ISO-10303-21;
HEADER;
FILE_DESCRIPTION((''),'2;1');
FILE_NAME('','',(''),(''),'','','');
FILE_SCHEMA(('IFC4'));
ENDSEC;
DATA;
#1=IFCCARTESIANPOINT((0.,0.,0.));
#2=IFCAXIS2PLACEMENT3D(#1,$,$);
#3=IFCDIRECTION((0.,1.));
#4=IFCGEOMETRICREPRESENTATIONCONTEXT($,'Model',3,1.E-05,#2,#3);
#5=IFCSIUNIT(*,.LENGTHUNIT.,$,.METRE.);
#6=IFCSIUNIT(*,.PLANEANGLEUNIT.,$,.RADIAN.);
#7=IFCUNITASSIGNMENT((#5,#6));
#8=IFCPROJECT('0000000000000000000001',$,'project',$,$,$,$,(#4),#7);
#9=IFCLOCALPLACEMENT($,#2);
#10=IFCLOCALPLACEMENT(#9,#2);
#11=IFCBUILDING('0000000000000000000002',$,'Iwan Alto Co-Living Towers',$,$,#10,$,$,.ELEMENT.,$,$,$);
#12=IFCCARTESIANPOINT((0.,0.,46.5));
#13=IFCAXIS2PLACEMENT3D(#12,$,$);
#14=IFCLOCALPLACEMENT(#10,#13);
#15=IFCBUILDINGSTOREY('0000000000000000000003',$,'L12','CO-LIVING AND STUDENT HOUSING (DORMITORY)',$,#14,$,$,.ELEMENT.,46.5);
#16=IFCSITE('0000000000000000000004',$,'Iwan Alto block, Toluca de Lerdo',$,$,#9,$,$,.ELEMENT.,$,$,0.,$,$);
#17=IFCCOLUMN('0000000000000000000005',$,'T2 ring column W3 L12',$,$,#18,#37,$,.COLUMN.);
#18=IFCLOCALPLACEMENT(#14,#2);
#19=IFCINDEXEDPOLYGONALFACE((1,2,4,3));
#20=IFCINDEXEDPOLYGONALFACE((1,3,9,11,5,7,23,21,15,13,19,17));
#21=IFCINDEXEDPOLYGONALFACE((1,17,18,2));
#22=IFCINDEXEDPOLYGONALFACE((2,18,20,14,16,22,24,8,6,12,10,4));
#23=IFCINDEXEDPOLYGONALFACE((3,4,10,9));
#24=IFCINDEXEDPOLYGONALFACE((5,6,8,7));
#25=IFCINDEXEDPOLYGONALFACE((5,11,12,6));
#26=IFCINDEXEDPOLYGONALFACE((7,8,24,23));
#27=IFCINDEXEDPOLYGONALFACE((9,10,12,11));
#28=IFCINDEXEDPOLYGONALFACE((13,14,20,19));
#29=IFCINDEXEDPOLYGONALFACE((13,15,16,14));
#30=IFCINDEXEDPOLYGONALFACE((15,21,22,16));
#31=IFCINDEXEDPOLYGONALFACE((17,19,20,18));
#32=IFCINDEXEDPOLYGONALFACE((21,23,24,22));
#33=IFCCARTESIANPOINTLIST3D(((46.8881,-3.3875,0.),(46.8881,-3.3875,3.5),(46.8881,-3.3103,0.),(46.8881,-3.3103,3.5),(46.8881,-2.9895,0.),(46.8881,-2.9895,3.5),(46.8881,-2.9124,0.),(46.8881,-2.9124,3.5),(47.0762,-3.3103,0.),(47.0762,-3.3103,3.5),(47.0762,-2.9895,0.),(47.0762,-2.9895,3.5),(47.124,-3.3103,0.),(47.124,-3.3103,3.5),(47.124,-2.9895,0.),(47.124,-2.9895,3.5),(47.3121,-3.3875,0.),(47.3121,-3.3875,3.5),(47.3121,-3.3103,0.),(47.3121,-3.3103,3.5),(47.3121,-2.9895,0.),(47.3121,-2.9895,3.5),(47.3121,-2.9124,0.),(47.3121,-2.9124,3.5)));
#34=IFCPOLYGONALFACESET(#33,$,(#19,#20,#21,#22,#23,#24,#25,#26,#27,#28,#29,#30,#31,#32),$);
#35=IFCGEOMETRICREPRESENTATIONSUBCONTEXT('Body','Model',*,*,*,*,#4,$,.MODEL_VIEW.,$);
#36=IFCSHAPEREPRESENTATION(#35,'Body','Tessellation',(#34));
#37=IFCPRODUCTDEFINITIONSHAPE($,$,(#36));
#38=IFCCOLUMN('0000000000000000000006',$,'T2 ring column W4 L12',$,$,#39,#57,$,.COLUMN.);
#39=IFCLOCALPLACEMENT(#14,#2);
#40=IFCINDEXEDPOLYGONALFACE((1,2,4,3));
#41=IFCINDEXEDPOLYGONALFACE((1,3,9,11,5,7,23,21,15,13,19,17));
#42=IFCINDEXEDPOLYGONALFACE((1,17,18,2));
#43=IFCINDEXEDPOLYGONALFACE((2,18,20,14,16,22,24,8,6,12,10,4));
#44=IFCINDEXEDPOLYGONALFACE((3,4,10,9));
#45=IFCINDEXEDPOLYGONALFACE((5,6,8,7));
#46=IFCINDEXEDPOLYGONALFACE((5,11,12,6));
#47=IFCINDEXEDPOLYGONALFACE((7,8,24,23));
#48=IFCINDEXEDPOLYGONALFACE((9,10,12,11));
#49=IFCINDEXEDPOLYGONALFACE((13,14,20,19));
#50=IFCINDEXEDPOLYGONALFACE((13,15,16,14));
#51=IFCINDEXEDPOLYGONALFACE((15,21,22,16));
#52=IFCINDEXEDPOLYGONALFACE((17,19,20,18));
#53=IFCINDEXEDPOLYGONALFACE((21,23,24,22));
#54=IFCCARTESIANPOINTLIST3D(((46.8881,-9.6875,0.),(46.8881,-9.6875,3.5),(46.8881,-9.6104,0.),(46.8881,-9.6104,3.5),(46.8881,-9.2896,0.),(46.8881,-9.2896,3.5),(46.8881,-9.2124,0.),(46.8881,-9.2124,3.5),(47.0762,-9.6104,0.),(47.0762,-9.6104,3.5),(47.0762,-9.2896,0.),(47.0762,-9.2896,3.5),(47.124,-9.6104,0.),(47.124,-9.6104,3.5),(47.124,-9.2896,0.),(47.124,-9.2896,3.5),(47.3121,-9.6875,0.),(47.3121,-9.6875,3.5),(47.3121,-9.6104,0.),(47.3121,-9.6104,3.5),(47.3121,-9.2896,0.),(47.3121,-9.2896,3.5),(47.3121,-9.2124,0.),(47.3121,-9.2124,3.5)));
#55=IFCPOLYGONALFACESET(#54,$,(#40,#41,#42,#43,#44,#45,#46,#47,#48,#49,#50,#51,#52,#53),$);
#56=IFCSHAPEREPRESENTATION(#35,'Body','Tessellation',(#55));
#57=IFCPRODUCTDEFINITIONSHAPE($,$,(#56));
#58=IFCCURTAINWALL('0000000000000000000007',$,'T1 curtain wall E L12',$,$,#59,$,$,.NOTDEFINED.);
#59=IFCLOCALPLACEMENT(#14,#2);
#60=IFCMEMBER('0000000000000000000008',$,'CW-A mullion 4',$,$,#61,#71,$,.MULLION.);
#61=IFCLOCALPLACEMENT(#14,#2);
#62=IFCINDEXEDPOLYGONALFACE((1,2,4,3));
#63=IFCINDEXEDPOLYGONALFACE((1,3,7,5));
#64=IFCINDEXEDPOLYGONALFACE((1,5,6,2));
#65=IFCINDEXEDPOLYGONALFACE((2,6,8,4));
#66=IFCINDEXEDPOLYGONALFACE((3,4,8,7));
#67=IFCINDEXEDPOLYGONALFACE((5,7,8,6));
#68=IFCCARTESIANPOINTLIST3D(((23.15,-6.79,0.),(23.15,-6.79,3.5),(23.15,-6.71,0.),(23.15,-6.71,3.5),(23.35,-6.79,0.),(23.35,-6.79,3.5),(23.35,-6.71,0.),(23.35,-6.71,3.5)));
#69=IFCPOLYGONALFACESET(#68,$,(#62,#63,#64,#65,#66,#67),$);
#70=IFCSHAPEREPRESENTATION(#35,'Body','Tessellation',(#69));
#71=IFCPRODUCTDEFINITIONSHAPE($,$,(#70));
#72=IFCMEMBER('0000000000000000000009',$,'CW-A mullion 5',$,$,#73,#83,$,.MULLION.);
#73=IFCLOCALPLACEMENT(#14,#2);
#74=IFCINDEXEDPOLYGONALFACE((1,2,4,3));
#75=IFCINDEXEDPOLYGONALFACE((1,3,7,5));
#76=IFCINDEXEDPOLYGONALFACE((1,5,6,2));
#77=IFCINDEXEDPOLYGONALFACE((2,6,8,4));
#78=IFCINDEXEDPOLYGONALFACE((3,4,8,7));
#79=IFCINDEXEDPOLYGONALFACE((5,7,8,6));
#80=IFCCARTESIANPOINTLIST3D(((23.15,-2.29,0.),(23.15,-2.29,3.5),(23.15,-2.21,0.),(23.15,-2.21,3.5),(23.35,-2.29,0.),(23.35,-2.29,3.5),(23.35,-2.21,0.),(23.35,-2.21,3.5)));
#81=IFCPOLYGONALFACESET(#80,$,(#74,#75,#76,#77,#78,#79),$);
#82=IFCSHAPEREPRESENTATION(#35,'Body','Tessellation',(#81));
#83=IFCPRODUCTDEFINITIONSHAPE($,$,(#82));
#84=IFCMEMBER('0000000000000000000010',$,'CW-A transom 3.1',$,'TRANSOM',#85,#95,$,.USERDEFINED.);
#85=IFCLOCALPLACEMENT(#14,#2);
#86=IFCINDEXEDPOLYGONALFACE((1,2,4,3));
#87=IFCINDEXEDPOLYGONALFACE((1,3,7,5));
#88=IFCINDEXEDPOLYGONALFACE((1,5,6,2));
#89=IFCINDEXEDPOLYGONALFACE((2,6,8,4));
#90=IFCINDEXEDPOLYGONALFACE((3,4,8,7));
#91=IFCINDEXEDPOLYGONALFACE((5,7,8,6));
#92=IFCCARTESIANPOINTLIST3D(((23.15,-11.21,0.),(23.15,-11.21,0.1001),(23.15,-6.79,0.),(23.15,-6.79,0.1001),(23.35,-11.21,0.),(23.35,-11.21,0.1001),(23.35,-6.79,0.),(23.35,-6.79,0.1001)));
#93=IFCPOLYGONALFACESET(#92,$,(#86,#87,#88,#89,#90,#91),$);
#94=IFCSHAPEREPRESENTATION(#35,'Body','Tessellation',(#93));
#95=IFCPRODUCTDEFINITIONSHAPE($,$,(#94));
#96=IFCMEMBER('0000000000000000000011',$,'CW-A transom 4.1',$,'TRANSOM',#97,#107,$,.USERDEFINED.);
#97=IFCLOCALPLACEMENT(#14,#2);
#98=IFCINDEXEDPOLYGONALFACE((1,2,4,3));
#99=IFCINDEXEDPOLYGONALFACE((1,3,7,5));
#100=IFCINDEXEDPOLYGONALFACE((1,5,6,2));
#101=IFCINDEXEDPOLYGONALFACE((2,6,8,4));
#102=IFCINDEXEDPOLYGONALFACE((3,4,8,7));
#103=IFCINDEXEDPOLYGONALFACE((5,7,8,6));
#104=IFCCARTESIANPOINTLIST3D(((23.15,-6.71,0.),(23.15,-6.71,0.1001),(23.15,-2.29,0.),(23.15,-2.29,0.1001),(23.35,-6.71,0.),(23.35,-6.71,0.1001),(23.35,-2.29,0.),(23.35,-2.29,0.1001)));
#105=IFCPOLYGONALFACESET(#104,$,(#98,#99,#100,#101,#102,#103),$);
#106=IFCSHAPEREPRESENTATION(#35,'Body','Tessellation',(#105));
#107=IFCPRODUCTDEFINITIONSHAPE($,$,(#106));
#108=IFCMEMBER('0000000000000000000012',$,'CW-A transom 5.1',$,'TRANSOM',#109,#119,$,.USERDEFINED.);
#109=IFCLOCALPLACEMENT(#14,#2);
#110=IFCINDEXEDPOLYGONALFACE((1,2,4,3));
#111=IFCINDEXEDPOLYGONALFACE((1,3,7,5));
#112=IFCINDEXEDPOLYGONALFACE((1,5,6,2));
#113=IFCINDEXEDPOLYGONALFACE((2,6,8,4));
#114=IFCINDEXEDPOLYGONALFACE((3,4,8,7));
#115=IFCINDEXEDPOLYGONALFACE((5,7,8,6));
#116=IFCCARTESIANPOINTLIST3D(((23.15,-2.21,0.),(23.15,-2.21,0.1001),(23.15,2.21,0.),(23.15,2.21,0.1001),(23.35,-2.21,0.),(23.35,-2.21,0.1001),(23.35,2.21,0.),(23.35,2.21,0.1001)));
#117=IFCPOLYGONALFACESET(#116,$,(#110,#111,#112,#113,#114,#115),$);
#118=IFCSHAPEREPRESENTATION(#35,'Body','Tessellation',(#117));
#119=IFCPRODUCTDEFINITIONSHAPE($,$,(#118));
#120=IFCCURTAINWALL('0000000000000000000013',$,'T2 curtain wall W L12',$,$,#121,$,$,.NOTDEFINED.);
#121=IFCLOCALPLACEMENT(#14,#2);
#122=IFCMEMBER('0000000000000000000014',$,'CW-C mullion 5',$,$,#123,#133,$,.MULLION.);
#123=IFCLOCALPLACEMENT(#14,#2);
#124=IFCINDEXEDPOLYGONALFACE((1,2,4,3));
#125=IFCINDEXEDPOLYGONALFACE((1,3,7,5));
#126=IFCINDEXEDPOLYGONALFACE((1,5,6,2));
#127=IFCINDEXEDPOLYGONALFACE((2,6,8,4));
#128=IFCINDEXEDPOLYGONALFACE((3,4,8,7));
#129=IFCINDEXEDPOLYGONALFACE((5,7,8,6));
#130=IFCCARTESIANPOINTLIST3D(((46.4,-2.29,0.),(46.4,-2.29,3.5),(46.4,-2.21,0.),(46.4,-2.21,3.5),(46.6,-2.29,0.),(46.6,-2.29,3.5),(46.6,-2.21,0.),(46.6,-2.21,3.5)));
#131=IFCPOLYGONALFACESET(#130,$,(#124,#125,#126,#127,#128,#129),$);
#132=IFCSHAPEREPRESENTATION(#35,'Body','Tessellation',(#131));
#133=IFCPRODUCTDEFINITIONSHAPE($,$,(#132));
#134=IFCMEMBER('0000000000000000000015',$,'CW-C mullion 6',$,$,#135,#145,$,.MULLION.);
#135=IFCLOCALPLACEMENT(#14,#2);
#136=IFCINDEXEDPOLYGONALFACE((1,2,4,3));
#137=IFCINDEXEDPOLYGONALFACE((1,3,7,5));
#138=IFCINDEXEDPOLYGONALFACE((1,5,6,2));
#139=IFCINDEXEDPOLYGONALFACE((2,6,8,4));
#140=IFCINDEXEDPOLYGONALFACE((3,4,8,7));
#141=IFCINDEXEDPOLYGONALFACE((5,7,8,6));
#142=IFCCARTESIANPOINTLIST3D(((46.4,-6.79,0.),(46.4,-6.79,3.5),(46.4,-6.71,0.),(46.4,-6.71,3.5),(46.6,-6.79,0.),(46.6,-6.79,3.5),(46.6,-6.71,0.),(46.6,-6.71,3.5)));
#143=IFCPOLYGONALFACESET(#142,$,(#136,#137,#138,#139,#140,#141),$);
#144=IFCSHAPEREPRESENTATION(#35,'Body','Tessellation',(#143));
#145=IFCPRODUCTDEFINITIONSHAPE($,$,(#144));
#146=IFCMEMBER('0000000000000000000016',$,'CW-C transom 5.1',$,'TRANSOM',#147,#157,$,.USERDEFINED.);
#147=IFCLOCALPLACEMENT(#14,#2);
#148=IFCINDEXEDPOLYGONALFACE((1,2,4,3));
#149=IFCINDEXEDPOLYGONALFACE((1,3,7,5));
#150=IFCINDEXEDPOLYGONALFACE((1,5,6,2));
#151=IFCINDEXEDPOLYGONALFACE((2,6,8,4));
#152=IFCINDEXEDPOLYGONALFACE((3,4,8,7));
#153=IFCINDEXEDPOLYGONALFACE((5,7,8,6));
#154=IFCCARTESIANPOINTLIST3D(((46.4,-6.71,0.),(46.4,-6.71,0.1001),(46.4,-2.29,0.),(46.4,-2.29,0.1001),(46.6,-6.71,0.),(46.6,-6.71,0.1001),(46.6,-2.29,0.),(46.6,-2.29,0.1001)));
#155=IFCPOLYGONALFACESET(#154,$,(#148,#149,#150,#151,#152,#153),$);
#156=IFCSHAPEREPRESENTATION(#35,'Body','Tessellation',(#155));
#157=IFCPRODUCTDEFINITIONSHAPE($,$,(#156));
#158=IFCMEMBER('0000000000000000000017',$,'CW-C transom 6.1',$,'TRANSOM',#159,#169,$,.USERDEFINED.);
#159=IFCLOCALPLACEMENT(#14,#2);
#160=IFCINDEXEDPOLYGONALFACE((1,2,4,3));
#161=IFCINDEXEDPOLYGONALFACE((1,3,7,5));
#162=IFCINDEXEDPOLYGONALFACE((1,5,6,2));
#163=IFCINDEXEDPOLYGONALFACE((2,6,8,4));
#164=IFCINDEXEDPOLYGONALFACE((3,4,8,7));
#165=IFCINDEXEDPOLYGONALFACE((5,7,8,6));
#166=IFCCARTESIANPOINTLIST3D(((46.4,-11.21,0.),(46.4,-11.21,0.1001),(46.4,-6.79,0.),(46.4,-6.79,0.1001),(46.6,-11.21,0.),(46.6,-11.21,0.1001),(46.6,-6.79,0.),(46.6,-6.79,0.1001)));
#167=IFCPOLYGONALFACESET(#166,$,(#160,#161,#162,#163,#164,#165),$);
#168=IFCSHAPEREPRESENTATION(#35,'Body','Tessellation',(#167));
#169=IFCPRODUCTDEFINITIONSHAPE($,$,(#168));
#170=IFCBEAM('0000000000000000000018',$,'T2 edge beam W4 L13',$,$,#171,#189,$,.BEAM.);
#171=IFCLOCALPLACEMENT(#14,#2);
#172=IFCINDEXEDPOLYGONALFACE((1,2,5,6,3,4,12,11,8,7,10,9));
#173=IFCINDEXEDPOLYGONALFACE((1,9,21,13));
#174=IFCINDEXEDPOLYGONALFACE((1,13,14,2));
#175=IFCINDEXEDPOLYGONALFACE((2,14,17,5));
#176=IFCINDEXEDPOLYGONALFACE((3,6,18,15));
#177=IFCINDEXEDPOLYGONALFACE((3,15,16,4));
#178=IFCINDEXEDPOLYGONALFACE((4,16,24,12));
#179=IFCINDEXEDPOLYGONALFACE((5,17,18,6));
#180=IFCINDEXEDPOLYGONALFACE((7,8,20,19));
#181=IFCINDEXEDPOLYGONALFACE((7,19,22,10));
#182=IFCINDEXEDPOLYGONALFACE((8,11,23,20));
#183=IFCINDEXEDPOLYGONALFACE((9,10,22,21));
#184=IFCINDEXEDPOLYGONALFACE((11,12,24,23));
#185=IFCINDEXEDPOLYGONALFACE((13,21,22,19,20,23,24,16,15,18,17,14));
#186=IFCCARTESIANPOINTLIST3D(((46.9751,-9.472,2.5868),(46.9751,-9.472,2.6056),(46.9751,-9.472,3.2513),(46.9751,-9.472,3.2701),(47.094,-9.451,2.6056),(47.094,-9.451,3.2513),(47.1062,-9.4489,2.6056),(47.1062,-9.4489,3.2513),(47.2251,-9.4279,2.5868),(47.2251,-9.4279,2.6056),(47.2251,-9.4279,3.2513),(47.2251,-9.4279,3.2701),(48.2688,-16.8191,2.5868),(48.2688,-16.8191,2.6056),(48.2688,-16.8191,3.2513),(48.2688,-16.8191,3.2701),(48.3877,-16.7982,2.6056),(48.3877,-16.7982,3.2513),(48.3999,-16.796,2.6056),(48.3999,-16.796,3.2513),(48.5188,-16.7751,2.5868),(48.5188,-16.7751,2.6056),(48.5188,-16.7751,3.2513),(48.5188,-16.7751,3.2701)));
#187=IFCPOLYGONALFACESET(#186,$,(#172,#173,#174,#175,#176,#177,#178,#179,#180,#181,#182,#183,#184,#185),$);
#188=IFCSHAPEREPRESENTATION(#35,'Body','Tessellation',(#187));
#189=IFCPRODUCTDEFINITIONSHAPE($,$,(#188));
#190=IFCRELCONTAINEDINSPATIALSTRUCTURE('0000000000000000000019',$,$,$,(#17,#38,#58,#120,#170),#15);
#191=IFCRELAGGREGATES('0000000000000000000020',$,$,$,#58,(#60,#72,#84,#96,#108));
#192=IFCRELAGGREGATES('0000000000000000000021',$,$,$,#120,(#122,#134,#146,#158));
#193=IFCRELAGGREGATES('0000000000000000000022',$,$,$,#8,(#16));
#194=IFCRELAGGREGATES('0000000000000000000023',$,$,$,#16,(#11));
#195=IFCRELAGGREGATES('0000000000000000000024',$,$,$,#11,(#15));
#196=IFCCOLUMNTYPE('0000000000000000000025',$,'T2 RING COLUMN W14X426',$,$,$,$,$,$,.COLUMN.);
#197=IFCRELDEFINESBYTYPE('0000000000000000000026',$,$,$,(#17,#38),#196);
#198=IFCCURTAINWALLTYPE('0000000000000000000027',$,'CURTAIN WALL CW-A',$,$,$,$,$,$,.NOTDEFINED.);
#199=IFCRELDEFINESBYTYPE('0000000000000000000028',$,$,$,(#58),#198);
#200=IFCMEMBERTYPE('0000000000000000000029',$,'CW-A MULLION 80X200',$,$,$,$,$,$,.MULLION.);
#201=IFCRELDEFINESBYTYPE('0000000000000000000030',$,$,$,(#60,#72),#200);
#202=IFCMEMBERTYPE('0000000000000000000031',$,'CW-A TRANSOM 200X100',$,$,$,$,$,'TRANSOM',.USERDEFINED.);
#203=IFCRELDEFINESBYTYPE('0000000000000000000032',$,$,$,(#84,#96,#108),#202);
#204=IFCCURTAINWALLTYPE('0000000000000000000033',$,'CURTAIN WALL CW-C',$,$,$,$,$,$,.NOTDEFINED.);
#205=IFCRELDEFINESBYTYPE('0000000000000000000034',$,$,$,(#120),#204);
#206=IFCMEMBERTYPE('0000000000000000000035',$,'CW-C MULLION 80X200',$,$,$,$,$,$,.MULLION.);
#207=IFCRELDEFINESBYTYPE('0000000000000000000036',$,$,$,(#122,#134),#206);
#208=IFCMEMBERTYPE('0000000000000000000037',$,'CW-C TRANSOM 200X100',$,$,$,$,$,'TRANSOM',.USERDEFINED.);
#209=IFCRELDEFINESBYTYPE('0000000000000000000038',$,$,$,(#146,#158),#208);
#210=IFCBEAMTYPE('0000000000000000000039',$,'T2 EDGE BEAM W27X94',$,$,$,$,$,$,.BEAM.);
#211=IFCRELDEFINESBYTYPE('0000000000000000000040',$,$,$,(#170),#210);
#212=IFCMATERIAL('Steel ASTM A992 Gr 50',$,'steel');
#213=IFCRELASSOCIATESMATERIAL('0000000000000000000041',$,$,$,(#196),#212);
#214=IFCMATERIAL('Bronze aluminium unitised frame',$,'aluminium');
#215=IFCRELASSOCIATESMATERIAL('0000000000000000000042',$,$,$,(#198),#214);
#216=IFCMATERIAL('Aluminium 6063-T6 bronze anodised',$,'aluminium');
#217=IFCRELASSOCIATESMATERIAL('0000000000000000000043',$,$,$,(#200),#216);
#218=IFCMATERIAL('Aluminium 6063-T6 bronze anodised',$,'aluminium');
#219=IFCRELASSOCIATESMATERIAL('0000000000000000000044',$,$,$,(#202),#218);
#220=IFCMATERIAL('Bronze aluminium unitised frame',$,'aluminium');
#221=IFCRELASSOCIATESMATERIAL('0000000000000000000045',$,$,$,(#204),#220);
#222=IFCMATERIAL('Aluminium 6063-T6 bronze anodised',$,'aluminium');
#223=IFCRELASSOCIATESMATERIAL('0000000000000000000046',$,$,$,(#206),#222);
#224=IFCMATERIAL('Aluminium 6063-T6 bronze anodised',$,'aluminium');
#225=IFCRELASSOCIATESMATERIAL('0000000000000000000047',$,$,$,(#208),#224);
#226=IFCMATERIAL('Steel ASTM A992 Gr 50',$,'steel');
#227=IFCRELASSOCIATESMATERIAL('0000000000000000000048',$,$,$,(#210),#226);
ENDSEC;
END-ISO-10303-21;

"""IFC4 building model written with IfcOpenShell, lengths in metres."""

from ifc_helpers import new_model, si_unit, direction, frame, origin, origin_2d, place, context, subcontext, project, spatial, rectangle, i_section, extrude, material, material_profile, profile_set, type_object, element, aggregate, save


model = new_model("IFC4")

# Units and contexts
model_context = context("Model", 3, precision=1e-05, world=origin(), true_north=direction((0.0, 1.0)))
body_context = subcontext(model_context, "Body", "Model", "MODEL_VIEW")
ifc_project = project(units=[si_unit("LENGTHUNIT", "METRE"), si_unit("PLANEANGLEUNIT", "RADIAN")], contexts=[model_context])

# Site, building, storey
site_placement = place(None, origin())
site = spatial("IfcSite", under=ifc_project, at=site_placement, Name="Iwan Alto block, Toluca de Lerdo", CompositionType="ELEMENT", RefElevation=0.0)
building_placement = place(site_placement, origin())
building = spatial("IfcBuilding", under=site, at=building_placement, Name="Iwan Alto Co-Living Towers", CompositionType="ELEMENT")
storey_placement = place(building_placement, frame((0.0, 0.0, 46.5)))
storey = spatial("IfcBuildingStorey", under=building, at=storey_placement, Name="L12", Description="CO-LIVING AND STUDENT HOUSING (DORMITORY)", CompositionType="ELEMENT", Elevation=46.5)

# Columns
ifc_material_1 = material(Name="Steel ASTM A992 Gr 50", Category="steel")
ifc_material_profile_1 = material_profile(ifc_material_1, i_section(OverallWidth=0.4241, OverallDepth=0.4751, WebThickness=0.0479, FlangeThickness=0.0771, at=origin_2d()), Name="W14X426")
ifc_profile_set_1 = profile_set([ifc_material_profile_1], Name="Steel ASTM A992 Gr 50")
column_type = type_object("IfcColumnType", Name="T2 RING COLUMN W14X426", PredefinedType="COLUMN", material=ifc_profile_set_1)
for number, where, z_axis, x_axis, name in (
    (1, (47.1001, -3.1499, 0.0), (0.0, 0.0, 1.0), (1.0, 0.0, 0.0), "T2 ring column W3 L12"),
    (2, (47.1001, -9.45, 0.0), (0.0, 0.0, 1.0), (1.0, 0.0, 0.0), "T2 ring column W4 L12"),
):
    element("IfcColumn", number, at=place(storey_placement, frame(where, z_axis=z_axis, x_axis=x_axis)), inside=storey, type_object=column_type, Name=name, PredefinedType="COLUMN", context=body_context, shape_type="SweptSolid", body=[
        extrude(i_section(OverallWidth=0.4241, OverallDepth=0.4751, WebThickness=0.0479, FlangeThickness=0.0771, at=origin_2d()), origin(), (0.0, 0.0, 1.0), 3.5),
    ])

# Curtain walls, members
ifc_material_2 = material(Name="Bronze aluminium unitised frame", Category="aluminium")
curtain_wall_type_1 = type_object("IfcCurtainWallType", Name="CURTAIN WALL CW-A", PredefinedType="NOTDEFINED", material=ifc_material_2)
curtain_wall_1_placement = place(storey_placement, origin())
curtain_wall_1 = element("IfcCurtainWall", 3, at=curtain_wall_1_placement, inside=storey, type_object=curtain_wall_type_1, Name="T1 curtain wall E L12", PredefinedType="NOTDEFINED")
ifc_material_3 = material(Name="Aluminium 6063-T6 bronze anodised", Category="aluminium")
ifc_material_profile_2 = material_profile(ifc_material_3, rectangle(XDim=0.2, YDim=0.0801, at=origin_2d()), Name="AL 80X200")
ifc_profile_set_2 = profile_set([ifc_material_profile_2], Name="Aluminium 6063-T6 bronze anodised")
member_type_1 = type_object("IfcMemberType", Name="CW-A MULLION 80X200", PredefinedType="MULLION", material=ifc_profile_set_2)
member_1_placement = place(storey_placement, frame((23.25, -6.75, 0.0), z_axis=(0.0, 0.0, 1.0), x_axis=(-1.0, 0.0, 0.0)))
member_1 = element("IfcMember", 4, at=member_1_placement, type_object=member_type_1, Name="CW-A mullion 4", PredefinedType="MULLION", context=body_context, shape_type="SweptSolid", body=[
    extrude(rectangle(XDim=0.2, YDim=0.0801, at=origin_2d()), origin(), (0.0, 0.0, 1.0), 3.5),
])
member_2_placement = place(storey_placement, frame((23.25, -2.25, 0.0), z_axis=(0.0, 0.0, 1.0), x_axis=(-1.0, 0.0, 0.0)))
member_2 = element("IfcMember", 5, at=member_2_placement, type_object=member_type_1, Name="CW-A mullion 5", PredefinedType="MULLION", context=body_context, shape_type="SweptSolid", body=[
    extrude(rectangle(XDim=0.2, YDim=0.0801, at=origin_2d()), origin(), (0.0, 0.0, 1.0), 3.5),
])
ifc_material_4 = material(Name="Aluminium 6063-T6 bronze anodised", Category="aluminium")
ifc_material_profile_3 = material_profile(ifc_material_4, rectangle(XDim=0.2, YDim=0.1001, at=origin_2d()), Name="AL 200X100")
ifc_profile_set_3 = profile_set([ifc_material_profile_3], Name="Aluminium 6063-T6 bronze anodised")
member_type_2 = type_object("IfcMemberType", Name="CW-A TRANSOM 200X100", ElementType="TRANSOM", PredefinedType="USERDEFINED", material=ifc_profile_set_3)
member_3_placement = place(storey_placement, frame((23.25, -11.21, 0.05), z_axis=(0.0, 1.0, 0.0), x_axis=(-1.0, 0.0, 0.0)))
member_3 = element("IfcMember", 6, at=member_3_placement, type_object=member_type_2, Name="CW-A transom 3.1", ObjectType="TRANSOM", PredefinedType="USERDEFINED", context=body_context, shape_type="SweptSolid", body=[
    extrude(rectangle(XDim=0.2, YDim=0.1001, at=origin_2d()), origin(), (0.0, 0.0, 1.0), 4.4199),
])
member_4_placement = place(storey_placement, frame((23.25, -6.71, 0.05), z_axis=(0.0, 1.0, 0.0), x_axis=(-1.0, 0.0, 0.0)))
member_4 = element("IfcMember", 7, at=member_4_placement, type_object=member_type_2, Name="CW-A transom 4.1", ObjectType="TRANSOM", PredefinedType="USERDEFINED", context=body_context, shape_type="SweptSolid", body=[
    extrude(rectangle(XDim=0.2, YDim=0.1001, at=origin_2d()), origin(), (0.0, 0.0, 1.0), 4.4199),
])
member_5_placement = place(storey_placement, frame((23.25, -2.21, 0.05), z_axis=(0.0, 1.0, 0.0), x_axis=(-1.0, 0.0, 0.0)))
member_5 = element("IfcMember", 8, at=member_5_placement, type_object=member_type_2, Name="CW-A transom 5.1", ObjectType="TRANSOM", PredefinedType="USERDEFINED", context=body_context, shape_type="SweptSolid", body=[
    extrude(rectangle(XDim=0.2, YDim=0.1001, at=origin_2d()), origin(), (0.0, 0.0, 1.0), 4.4199),
])
ifc_material_5 = material(Name="Bronze aluminium unitised frame", Category="aluminium")
curtain_wall_type_2 = type_object("IfcCurtainWallType", Name="CURTAIN WALL CW-C", PredefinedType="NOTDEFINED", material=ifc_material_5)
curtain_wall_2_placement = place(storey_placement, origin())
curtain_wall_2 = element("IfcCurtainWall", 9, at=curtain_wall_2_placement, inside=storey, type_object=curtain_wall_type_2, Name="T2 curtain wall W L12", PredefinedType="NOTDEFINED")
ifc_material_6 = material(Name="Aluminium 6063-T6 bronze anodised", Category="aluminium")
ifc_material_profile_4 = material_profile(ifc_material_6, rectangle(XDim=0.2, YDim=0.0801, at=origin_2d()), Name="AL 80X200")
ifc_profile_set_4 = profile_set([ifc_material_profile_4], Name="Aluminium 6063-T6 bronze anodised")
member_type_3 = type_object("IfcMemberType", Name="CW-C MULLION 80X200", PredefinedType="MULLION", material=ifc_profile_set_4)
member_6_placement = place(storey_placement, frame((46.5, -2.25, 0.0), z_axis=(0.0, 0.0, 1.0), x_axis=(1.0, 0.0, 0.0)))
member_6 = element("IfcMember", 10, at=member_6_placement, type_object=member_type_3, Name="CW-C mullion 5", PredefinedType="MULLION", context=body_context, shape_type="SweptSolid", body=[
    extrude(rectangle(XDim=0.2, YDim=0.0801, at=origin_2d()), origin(), (0.0, 0.0, 1.0), 3.5),
])
member_7_placement = place(storey_placement, frame((46.5, -6.75, 0.0), z_axis=(0.0, 0.0, 1.0), x_axis=(1.0, 0.0, 0.0)))
member_7 = element("IfcMember", 11, at=member_7_placement, type_object=member_type_3, Name="CW-C mullion 6", PredefinedType="MULLION", context=body_context, shape_type="SweptSolid", body=[
    extrude(rectangle(XDim=0.2, YDim=0.0801, at=origin_2d()), origin(), (0.0, 0.0, 1.0), 3.5),
])
ifc_material_7 = material(Name="Aluminium 6063-T6 bronze anodised", Category="aluminium")
ifc_material_profile_5 = material_profile(ifc_material_7, rectangle(XDim=0.2, YDim=0.1001, at=origin_2d()), Name="AL 200X100")
ifc_profile_set_5 = profile_set([ifc_material_profile_5], Name="Aluminium 6063-T6 bronze anodised")
member_type_4 = type_object("IfcMemberType", Name="CW-C TRANSOM 200X100", ElementType="TRANSOM", PredefinedType="USERDEFINED", material=ifc_profile_set_5)
member_8_placement = place(storey_placement, frame((46.5, -2.29, 0.05), z_axis=(0.0, -1.0, 0.0), x_axis=(1.0, 0.0, 0.0)))
member_8 = element("IfcMember", 12, at=member_8_placement, type_object=member_type_4, Name="CW-C transom 5.1", ObjectType="TRANSOM", PredefinedType="USERDEFINED", context=body_context, shape_type="SweptSolid", body=[
    extrude(rectangle(XDim=0.2, YDim=0.1001, at=origin_2d()), origin(), (0.0, 0.0, 1.0), 4.4199),
])
member_9_placement = place(storey_placement, frame((46.5, -6.79, 0.05), z_axis=(0.0, -1.0, 0.0), x_axis=(1.0, 0.0, 0.0)))
member_9 = element("IfcMember", 13, at=member_9_placement, type_object=member_type_4, Name="CW-C transom 6.1", ObjectType="TRANSOM", PredefinedType="USERDEFINED", context=body_context, shape_type="SweptSolid", body=[
    extrude(rectangle(XDim=0.2, YDim=0.1001, at=origin_2d()), origin(), (0.0, 0.0, 1.0), 4.4199),
])

# Beam
ifc_material_8 = material(Name="Steel ASTM A992 Gr 50", Category="steel")
ifc_material_profile_6 = material_profile(ifc_material_8, i_section(OverallWidth=0.2539, OverallDepth=0.6833, WebThickness=0.0125, FlangeThickness=0.0188, at=origin_2d()), Name="W27X94")
ifc_profile_set_6 = profile_set([ifc_material_profile_6], Name="Steel ASTM A992 Gr 50")
beam_type_1 = type_object("IfcBeamType", Name="T2 EDGE BEAM W27X94", PredefinedType="BEAM", material=ifc_profile_set_6)
beam_1_placement = place(storey_placement, frame((47.1001, -9.45, 2.9285), z_axis=(0.173414, -0.984849, 0.0), x_axis=(0.984849, 0.173414, 0.0)))
element("IfcBeam", 14, at=beam_1_placement, inside=storey, type_object=beam_type_1, Name="T2 edge beam W4 L13", PredefinedType="BEAM", context=body_context, shape_type="SweptSolid", body=[
    extrude(i_section(OverallWidth=0.2539, OverallDepth=0.6833, WebThickness=0.0125, FlangeThickness=0.0188, at=origin_2d()), origin(), (0.0, 0.0, 1.0), 7.4602),
])

aggregate(curtain_wall_1, [member_1, member_2, member_3, member_4, member_5])
aggregate(curtain_wall_2, [member_6, member_7, member_8, member_9])

save(model, "model.ifc")
